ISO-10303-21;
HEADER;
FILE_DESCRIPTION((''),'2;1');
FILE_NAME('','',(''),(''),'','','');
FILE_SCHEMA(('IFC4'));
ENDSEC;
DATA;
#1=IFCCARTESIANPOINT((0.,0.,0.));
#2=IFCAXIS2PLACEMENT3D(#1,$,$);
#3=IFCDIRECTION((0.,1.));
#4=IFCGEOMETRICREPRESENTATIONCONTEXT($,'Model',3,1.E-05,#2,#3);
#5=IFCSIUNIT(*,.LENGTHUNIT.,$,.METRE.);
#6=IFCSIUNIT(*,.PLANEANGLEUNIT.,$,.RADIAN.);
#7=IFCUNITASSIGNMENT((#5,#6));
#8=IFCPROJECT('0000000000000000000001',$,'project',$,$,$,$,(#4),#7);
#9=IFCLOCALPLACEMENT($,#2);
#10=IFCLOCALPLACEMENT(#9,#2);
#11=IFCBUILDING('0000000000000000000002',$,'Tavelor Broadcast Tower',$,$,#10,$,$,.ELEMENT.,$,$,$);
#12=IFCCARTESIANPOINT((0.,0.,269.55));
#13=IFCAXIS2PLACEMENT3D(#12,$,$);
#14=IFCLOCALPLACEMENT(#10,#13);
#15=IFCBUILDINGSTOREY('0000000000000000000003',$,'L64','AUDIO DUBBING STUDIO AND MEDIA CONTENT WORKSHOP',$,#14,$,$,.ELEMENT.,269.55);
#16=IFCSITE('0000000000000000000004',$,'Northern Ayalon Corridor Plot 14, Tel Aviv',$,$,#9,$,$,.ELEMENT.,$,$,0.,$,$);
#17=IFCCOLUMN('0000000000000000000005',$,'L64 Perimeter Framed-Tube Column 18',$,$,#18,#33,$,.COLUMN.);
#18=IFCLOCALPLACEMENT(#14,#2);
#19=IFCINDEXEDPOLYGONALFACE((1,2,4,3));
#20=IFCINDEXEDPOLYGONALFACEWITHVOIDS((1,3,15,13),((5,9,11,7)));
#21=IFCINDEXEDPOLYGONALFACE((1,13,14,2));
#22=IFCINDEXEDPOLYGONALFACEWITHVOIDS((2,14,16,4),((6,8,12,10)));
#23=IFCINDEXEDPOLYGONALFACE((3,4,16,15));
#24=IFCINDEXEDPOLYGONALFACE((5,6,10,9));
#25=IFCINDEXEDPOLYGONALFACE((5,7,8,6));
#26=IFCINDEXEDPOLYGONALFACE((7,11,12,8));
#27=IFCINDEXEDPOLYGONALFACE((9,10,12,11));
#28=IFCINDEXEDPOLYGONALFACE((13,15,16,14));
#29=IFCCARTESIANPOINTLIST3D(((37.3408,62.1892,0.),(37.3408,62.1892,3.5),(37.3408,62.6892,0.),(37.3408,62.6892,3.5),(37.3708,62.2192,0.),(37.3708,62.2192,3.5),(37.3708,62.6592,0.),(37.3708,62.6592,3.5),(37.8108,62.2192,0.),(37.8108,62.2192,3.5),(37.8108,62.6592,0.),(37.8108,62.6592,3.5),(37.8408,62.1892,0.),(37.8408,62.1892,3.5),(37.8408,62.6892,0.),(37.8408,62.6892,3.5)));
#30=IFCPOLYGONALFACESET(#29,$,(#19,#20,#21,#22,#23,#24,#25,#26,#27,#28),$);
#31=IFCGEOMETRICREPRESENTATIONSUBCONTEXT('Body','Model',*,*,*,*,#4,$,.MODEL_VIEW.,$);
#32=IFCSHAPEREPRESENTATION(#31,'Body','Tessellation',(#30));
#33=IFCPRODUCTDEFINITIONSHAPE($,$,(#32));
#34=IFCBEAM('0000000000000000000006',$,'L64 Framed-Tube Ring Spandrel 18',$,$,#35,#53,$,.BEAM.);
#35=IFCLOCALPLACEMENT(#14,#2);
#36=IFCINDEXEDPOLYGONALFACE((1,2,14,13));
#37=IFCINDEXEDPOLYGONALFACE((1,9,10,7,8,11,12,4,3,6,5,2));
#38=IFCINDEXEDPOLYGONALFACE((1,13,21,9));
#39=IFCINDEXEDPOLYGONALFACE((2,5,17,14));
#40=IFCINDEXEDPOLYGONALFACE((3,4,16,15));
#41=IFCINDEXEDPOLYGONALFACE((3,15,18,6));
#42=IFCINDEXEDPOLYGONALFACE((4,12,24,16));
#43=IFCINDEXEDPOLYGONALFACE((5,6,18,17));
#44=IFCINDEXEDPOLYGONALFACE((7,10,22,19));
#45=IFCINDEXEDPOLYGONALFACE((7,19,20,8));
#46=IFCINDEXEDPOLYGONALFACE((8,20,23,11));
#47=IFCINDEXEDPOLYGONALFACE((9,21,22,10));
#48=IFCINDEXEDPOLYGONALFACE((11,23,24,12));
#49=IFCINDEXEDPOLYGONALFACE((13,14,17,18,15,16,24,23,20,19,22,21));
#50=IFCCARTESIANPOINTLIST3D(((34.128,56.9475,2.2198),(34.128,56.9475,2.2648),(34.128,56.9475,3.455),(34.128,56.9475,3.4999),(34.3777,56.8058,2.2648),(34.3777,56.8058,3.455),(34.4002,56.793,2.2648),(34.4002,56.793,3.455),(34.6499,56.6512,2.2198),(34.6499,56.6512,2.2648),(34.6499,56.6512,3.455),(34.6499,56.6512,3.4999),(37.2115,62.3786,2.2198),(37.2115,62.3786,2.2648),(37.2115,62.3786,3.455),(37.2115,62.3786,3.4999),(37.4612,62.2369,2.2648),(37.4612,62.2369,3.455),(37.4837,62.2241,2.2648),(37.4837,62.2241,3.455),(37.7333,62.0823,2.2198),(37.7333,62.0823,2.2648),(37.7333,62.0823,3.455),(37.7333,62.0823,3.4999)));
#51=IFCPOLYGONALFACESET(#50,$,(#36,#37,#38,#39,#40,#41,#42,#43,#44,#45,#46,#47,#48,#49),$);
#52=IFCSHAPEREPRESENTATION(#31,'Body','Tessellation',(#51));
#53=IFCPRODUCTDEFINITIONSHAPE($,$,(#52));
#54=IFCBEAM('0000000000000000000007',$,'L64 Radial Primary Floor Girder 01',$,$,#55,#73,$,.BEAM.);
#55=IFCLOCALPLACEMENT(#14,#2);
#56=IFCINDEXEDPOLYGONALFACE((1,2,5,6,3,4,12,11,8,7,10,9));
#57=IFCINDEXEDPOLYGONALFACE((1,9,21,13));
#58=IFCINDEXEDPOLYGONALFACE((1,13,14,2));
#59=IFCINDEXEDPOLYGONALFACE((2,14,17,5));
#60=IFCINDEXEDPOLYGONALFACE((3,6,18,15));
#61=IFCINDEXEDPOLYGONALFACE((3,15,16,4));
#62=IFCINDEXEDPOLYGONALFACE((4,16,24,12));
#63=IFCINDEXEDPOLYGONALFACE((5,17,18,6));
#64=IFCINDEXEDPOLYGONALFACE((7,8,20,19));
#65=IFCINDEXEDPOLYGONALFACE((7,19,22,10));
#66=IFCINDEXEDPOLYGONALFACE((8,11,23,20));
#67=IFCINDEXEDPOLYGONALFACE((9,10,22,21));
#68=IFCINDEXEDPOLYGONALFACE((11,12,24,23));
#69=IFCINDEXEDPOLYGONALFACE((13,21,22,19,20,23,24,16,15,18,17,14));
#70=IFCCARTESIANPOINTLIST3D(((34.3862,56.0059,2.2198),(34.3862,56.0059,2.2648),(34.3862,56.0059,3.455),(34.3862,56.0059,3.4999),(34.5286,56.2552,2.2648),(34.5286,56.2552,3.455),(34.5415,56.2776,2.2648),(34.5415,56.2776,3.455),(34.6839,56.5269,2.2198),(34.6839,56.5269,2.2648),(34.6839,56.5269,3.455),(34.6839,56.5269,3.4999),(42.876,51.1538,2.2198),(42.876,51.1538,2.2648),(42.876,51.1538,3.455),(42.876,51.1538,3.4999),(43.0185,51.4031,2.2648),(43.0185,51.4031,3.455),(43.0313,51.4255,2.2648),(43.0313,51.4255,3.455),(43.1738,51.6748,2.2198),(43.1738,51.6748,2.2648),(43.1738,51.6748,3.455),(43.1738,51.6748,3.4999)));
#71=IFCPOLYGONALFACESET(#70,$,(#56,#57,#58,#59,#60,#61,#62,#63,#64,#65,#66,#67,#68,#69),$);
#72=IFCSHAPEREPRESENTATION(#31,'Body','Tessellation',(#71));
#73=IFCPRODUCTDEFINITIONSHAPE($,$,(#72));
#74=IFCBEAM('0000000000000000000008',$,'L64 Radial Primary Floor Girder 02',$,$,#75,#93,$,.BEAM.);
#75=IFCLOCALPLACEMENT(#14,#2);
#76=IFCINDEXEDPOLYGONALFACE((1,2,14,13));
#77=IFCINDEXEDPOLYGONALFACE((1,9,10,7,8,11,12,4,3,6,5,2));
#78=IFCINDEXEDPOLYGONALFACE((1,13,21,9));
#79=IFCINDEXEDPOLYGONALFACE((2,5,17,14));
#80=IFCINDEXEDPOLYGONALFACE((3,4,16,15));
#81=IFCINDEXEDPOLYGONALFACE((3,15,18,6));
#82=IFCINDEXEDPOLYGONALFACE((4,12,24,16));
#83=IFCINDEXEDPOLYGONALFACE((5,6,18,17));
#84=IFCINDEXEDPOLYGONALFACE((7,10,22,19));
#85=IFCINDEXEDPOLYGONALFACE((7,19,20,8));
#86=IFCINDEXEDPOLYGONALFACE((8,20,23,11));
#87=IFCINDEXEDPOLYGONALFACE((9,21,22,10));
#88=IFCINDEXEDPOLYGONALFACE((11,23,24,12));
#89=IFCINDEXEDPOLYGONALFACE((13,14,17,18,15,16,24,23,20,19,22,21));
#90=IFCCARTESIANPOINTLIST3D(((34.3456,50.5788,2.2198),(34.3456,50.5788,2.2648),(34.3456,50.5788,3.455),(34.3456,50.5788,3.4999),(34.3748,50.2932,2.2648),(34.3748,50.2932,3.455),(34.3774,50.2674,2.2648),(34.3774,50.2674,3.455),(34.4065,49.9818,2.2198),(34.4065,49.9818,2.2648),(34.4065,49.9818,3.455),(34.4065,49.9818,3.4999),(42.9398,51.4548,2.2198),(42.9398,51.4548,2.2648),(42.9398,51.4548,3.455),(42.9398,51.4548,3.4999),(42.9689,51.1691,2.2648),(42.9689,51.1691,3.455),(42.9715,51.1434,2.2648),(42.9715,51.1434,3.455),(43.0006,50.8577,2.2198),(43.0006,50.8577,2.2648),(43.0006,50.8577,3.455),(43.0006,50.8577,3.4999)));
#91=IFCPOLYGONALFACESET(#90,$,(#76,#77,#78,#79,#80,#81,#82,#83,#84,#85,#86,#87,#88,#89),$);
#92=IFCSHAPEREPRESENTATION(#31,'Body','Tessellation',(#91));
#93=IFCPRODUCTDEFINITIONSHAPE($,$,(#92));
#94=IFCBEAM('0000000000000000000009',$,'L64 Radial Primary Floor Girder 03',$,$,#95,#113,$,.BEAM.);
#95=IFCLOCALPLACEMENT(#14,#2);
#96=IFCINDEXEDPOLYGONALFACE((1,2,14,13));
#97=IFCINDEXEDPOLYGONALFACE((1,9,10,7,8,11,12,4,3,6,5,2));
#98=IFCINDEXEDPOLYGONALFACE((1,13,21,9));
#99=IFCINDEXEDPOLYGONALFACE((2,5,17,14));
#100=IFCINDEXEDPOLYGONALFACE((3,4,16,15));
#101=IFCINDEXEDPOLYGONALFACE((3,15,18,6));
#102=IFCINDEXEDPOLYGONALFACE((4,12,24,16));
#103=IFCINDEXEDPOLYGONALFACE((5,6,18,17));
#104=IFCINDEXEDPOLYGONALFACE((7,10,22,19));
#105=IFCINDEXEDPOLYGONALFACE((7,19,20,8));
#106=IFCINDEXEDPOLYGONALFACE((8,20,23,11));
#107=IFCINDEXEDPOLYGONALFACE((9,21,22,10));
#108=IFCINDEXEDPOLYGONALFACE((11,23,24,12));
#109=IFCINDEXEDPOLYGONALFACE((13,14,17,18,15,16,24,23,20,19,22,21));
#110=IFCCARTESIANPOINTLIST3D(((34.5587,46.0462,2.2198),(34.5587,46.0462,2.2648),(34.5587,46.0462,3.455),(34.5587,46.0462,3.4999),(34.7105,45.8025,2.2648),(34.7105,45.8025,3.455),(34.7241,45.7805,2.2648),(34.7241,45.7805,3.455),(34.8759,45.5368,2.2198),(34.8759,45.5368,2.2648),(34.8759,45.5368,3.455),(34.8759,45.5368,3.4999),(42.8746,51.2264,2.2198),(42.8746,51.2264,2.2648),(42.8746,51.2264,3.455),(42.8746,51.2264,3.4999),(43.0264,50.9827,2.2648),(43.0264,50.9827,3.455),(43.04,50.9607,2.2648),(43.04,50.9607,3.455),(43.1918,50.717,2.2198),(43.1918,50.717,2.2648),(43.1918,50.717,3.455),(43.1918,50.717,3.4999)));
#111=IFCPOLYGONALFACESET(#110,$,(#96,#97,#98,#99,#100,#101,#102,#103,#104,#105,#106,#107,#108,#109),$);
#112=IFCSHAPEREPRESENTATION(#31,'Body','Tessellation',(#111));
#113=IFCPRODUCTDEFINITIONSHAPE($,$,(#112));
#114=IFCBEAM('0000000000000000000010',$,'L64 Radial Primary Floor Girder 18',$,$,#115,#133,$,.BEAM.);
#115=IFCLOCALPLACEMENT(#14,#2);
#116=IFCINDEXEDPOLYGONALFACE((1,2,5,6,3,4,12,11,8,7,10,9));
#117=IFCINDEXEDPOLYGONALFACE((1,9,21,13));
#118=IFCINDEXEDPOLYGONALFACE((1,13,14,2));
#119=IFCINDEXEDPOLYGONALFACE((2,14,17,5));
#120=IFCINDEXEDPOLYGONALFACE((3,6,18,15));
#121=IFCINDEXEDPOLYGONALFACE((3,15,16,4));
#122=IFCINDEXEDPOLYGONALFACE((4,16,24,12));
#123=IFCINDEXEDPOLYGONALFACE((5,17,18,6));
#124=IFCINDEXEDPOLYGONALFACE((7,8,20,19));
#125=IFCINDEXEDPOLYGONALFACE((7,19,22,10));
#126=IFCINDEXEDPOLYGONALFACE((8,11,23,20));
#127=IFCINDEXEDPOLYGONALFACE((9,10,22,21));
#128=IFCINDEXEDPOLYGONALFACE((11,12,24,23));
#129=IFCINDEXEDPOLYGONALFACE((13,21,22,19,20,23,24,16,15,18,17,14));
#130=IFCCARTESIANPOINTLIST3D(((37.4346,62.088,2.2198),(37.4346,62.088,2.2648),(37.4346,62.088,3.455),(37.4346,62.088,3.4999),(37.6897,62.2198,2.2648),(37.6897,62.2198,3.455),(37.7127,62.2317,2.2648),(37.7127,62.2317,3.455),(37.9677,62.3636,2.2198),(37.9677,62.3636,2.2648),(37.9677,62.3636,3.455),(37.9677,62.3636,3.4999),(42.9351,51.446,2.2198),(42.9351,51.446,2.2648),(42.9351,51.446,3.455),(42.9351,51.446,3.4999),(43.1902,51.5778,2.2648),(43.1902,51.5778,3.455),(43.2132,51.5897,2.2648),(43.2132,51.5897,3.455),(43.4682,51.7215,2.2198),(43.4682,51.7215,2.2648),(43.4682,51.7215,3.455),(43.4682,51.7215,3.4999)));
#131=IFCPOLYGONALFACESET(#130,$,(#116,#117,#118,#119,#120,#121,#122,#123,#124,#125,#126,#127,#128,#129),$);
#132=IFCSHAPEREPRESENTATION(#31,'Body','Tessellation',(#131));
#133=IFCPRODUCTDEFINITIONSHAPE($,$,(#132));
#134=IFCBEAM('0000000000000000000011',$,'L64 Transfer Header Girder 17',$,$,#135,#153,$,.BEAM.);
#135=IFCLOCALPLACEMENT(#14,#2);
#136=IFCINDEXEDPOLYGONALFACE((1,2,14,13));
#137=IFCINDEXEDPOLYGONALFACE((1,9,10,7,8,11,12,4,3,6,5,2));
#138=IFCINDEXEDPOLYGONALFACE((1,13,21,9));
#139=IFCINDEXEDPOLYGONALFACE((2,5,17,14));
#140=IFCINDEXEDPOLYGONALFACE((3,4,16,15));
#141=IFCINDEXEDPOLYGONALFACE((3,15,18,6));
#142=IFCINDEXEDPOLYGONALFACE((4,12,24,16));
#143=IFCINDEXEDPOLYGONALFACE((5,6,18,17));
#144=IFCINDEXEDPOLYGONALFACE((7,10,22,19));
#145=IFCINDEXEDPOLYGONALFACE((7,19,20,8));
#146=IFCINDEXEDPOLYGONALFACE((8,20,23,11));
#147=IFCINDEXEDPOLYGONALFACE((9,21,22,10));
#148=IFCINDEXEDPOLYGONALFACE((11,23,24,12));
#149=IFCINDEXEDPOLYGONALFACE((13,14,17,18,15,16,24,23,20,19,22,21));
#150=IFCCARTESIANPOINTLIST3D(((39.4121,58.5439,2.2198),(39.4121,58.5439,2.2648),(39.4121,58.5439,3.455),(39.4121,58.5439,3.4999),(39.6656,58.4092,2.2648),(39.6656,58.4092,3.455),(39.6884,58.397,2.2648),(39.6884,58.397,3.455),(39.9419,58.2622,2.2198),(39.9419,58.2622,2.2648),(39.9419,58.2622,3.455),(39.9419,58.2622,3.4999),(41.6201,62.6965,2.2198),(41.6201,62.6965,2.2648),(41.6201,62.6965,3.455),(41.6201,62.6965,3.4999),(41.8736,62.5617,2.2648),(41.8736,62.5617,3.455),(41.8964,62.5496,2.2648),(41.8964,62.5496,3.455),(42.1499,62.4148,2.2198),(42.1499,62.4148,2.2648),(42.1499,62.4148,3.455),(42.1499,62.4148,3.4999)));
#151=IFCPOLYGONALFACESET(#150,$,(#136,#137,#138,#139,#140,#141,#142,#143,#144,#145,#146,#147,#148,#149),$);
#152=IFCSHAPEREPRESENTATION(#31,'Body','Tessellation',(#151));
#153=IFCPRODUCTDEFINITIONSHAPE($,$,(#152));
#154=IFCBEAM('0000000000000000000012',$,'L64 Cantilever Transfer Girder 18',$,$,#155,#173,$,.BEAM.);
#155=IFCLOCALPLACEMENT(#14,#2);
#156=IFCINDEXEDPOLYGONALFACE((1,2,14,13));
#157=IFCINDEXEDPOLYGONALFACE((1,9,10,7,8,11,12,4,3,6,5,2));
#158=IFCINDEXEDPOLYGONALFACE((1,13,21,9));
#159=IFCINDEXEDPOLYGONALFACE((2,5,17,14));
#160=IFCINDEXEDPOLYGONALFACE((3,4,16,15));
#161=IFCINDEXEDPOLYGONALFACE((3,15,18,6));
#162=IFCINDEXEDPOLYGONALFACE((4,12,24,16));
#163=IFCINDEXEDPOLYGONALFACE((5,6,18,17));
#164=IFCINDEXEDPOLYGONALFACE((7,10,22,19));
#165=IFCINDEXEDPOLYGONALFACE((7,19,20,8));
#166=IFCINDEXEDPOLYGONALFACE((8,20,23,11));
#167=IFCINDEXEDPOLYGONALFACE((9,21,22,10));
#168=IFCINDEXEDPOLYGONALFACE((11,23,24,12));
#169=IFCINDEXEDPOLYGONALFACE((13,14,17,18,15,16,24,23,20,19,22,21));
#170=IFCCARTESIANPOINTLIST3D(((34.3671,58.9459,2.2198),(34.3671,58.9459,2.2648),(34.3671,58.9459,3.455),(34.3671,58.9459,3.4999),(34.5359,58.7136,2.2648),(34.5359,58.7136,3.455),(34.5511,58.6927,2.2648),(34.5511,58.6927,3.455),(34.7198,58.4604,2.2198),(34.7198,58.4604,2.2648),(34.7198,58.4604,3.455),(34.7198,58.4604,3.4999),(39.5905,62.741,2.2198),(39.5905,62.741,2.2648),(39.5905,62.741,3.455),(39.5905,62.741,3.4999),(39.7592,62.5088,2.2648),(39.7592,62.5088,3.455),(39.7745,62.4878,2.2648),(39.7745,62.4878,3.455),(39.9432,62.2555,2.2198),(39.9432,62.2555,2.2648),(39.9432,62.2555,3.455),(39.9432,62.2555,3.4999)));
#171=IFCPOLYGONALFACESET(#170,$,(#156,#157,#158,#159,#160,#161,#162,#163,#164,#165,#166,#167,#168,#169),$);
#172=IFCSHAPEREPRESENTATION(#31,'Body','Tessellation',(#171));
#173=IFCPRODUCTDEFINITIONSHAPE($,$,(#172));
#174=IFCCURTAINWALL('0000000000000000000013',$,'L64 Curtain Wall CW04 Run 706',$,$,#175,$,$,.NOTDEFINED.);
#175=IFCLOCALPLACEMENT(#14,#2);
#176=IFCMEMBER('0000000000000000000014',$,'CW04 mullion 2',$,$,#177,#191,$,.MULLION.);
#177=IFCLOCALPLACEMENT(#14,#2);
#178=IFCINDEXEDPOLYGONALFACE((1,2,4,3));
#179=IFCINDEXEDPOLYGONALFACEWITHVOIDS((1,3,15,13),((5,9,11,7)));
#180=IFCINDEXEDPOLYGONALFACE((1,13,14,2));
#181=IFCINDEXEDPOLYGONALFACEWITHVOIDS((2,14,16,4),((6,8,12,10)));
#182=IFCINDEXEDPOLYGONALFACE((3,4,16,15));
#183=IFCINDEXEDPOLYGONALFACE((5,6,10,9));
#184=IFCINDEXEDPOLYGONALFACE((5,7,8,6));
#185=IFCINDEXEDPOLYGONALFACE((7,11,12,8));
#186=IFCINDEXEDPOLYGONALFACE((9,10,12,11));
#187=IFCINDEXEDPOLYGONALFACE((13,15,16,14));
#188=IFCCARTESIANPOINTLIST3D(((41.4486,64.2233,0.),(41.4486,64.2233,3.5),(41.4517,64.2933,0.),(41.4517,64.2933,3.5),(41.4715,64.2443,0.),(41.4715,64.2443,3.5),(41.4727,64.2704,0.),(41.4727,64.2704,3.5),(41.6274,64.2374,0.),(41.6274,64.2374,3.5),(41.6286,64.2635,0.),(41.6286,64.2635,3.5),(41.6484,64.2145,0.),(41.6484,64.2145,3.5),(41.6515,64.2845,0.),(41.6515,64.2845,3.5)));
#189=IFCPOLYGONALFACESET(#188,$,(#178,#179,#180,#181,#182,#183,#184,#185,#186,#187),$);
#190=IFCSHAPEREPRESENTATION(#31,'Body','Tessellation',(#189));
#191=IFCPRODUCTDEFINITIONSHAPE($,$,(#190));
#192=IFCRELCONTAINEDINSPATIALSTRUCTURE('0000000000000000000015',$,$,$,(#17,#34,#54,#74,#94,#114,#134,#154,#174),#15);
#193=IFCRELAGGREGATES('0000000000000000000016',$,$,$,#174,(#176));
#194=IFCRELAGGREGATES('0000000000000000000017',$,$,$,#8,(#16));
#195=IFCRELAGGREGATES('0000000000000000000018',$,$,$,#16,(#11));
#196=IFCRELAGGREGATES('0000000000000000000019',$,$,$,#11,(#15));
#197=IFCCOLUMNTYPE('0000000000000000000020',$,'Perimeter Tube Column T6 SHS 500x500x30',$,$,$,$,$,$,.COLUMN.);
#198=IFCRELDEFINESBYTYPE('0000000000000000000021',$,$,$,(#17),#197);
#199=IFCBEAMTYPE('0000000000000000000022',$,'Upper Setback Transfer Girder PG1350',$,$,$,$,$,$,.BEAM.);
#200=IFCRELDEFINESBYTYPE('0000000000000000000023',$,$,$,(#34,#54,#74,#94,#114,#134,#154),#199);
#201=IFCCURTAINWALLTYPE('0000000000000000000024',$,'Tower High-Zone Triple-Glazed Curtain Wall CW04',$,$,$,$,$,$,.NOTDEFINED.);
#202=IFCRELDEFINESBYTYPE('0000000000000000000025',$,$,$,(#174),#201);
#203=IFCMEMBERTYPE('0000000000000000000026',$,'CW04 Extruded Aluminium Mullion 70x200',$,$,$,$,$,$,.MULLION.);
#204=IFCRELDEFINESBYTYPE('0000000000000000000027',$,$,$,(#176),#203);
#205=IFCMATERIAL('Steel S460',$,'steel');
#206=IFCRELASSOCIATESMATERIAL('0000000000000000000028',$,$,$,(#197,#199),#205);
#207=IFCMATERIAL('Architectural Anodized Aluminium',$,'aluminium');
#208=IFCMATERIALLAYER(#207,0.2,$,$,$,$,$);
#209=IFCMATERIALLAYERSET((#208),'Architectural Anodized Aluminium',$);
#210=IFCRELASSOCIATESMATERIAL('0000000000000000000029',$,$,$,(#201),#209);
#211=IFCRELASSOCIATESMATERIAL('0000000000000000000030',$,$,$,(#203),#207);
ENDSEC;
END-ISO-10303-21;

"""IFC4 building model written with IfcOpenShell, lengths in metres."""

from ifc_helpers import new_model, si_unit, direction, frame, origin, origin_2d, place, context, subcontext, project, spatial, hollow_rectangle, i_section, extrude, source, transform, mapped, material, layer, layer_set, material_profile, profile_set, type_object, type_shapes, element, aggregate, save


model = new_model("IFC4")

# Units and contexts
model_context = context("Model", 3, precision=1e-05, world=origin(), true_north=direction((0.0, 1.0)))
body_context = subcontext(model_context, "Body", "Model", "MODEL_VIEW")
ifc_project = project(units=[si_unit("LENGTHUNIT", "METRE"), si_unit("PLANEANGLEUNIT", "RADIAN")], contexts=[model_context])

# Site, building, storey
site_placement = place(None, origin())
site = spatial("IfcSite", under=ifc_project, at=site_placement, Name="Northern Ayalon Corridor Plot 14, Tel Aviv", CompositionType="ELEMENT", RefElevation=0.0)
building_placement = place(site_placement, origin())
building = spatial("IfcBuilding", under=site, at=building_placement, Name="Tavelor Broadcast Tower", CompositionType="ELEMENT")
storey_placement = place(building_placement, frame((0.0, 0.0, 269.55)))
storey = spatial("IfcBuildingStorey", under=building, at=storey_placement, Name="L64", Description="AUDIO DUBBING STUDIO AND MEDIA CONTENT WORKSHOP", CompositionType="ELEMENT", Elevation=269.55)

# Column
ifc_material_1 = material(Name="Steel S460", Category="steel")
ifc_material_profile_1 = material_profile(ifc_material_1, hollow_rectangle(XDim=0.5, YDim=0.5, WallThickness=0.03, at=origin_2d()), Name="SHS 500x500x30")
ifc_profile_set_1 = profile_set([ifc_material_profile_1], Name="Steel S460")
column_type = type_object("IfcColumnType", Name="Perimeter Tube Column T6 SHS 500x500x30", PredefinedType="COLUMN", material=ifc_profile_set_1)
column_placement = place(storey_placement, frame((37.5908, 62.4392, 0.0), z_axis=(0.0, 0.0, 1.0), x_axis=(1.0, 0.0, 0.0)))
element("IfcColumn", 1, at=column_placement, inside=storey, type_object=column_type, Name="L64 Perimeter Framed-Tube Column 18", PredefinedType="COLUMN", context=body_context, shape_type="SweptSolid", body=[
    extrude(hollow_rectangle(XDim=0.5, YDim=0.5, WallThickness=0.03, at=origin_2d()), origin(), (0.0, 0.0, 1.0), 3.5),
])

# Beams
ifc_material_profile_2 = material_profile(ifc_material_1, i_section(OverallWidth=0.6001, OverallDepth=1.28, WebThickness=0.0259, FlangeThickness=0.0449, at=origin_2d()), Name="PG 1280x600")
ifc_profile_set_2 = profile_set([ifc_material_profile_2], Name="Steel S460")
beam_type = type_object("IfcBeamType", Name="Upper Setback Transfer Girder PG1350", PredefinedType="BEAM", material=ifc_profile_set_2)
beam_1_placement = place(storey_placement, frame((37.4724, 62.2305, 2.8599), z_axis=(-0.493721, -0.869621, 0.0), x_axis=(0.869621, -0.493721, 0.0)))
element("IfcBeam", 2, at=beam_1_placement, inside=storey, type_object=beam_type, Name="L64 Framed-Tube Ring Spandrel 18", PredefinedType="BEAM", context=body_context, shape_type="SweptSolid", body=[
    extrude(i_section(OverallWidth=0.6001, OverallDepth=1.28, WebThickness=0.0259, FlangeThickness=0.0449, at=origin_2d()), origin(), (0.0, 0.0, 1.0), 6.2454),
])
beam_2_placement = place(storey_placement, frame((43.0249, 51.4143, 2.8599), z_axis=(-0.868209, 0.496198, 0.0), x_axis=(-0.496198, -0.868209, 0.0)))
element("IfcBeam", 3, at=beam_2_placement, inside=storey, type_object=beam_type, Name="L64 Radial Primary Floor Girder 01", PredefinedType="BEAM", context=body_context, shape_type="SweptSolid", body=[
    extrude(i_section(OverallWidth=0.6001, OverallDepth=1.28, WebThickness=0.0259, FlangeThickness=0.0449, at=origin_2d()), origin(), (0.0, 0.0, 1.0), 9.7786),
])
beam_3_placement = place(storey_placement, frame((42.9702, 51.1562, 2.8599), z_axis=(-0.994846, -0.101401, 0.0), x_axis=(0.101401, -0.994846, 0.0)))
element("IfcBeam", 4, at=beam_3_placement, inside=storey, type_object=beam_type, Name="L64 Radial Primary Floor Girder 02", PredefinedType="BEAM", context=body_context, shape_type="SweptSolid", body=[
    extrude(i_section(OverallWidth=0.6001, OverallDepth=1.28, WebThickness=0.0259, FlangeThickness=0.0449, at=origin_2d()), origin(), (0.0, 0.0, 1.0), 8.6387),
])
beam_4_placement = place(storey_placement, frame((43.0332, 50.9717, 2.8599), z_axis=(-0.84879, -0.528731, 0.0), x_axis=(0.528731, -0.84879, 0.0)))
element("IfcBeam", 5, at=beam_4_placement, inside=storey, type_object=beam_type, Name="L64 Radial Primary Floor Girder 03", PredefinedType="BEAM", context=body_context, shape_type="SweptSolid", body=[
    extrude(i_section(OverallWidth=0.6001, OverallDepth=1.28, WebThickness=0.0259, FlangeThickness=0.0449, at=origin_2d()), origin(), (0.0, 0.0, 1.0), 9.7974),
])
beam_5_placement = place(storey_placement, frame((43.2017, 51.5837, 2.8599), z_axis=(-0.459157, 0.888355, 0.0), x_axis=(-0.888355, -0.459157, 0.0)))
element("IfcBeam", 6, at=beam_5_placement, inside=storey, type_object=beam_type, Name="L64 Radial Primary Floor Girder 18", PredefinedType="BEAM", context=body_context, shape_type="SweptSolid", body=[
    extrude(i_section(OverallWidth=0.6001, OverallDepth=1.28, WebThickness=0.0259, FlangeThickness=0.0449, at=origin_2d()), origin(), (0.0, 0.0, 1.0), 11.9795),
])
beam_6_placement = place(storey_placement, frame((39.677, 58.4031, 2.8599), z_axis=(0.469478, 0.882944, 0.0), x_axis=(-0.882944, 0.469478, 0.0)))
element("IfcBeam", 7, at=beam_6_placement, inside=storey, type_object=beam_type, Name="L64 Transfer Header Girder 17", PredefinedType="BEAM", context=body_context, shape_type="SweptSolid", body=[
    extrude(i_section(OverallWidth=0.6001, OverallDepth=1.28, WebThickness=0.0259, FlangeThickness=0.0449, at=origin_2d()), origin(), (0.0, 0.0, 1.0), 4.7031),
])
beam_7_placement = place(storey_placement, frame((39.7668, 62.4983, 2.8599), z_axis=(-0.809006, -0.587801, 0.0), x_axis=(0.587801, -0.809006, 0.0)))
element("IfcBeam", 8, at=beam_7_placement, inside=storey, type_object=beam_type, Name="L64 Cantilever Transfer Girder 18", PredefinedType="BEAM", context=body_context, shape_type="SweptSolid", body=[
    extrude(i_section(OverallWidth=0.6001, OverallDepth=1.28, WebThickness=0.0259, FlangeThickness=0.0449, at=origin_2d()), origin(), (0.0, 0.0, 1.0), 6.4565),
])

# Curtain wall, member
ifc_material_2 = material(Name="Architectural Anodized Aluminium", Category="aluminium")
ifc_layer_1 = layer(ifc_material_2, 0.2)
ifc_layer_set_1 = layer_set([ifc_layer_1], Name="Architectural Anodized Aluminium")
curtain_wall_type = type_object("IfcCurtainWallType", Name="Tower High-Zone Triple-Glazed Curtain Wall CW04", PredefinedType="NOTDEFINED", material=ifc_layer_set_1)
curtain_wall_1_placement = place(storey_placement, origin())
curtain_wall_1 = element("IfcCurtainWall", 9, at=curtain_wall_1_placement, inside=storey, type_object=curtain_wall_type, Name="L64 Curtain Wall CW04 Run 706", PredefinedType="NOTDEFINED")
ifc_material_profile_3 = material_profile(ifc_material_2, hollow_rectangle(XDim=0.0701, YDim=0.2, WallThickness=0.022, at=origin_2d()), Name="RHS 70x200x22")
ifc_profile_set_3 = profile_set([ifc_material_profile_3], Name="Architectural Anodized Aluminium")
member_type_1 = type_object("IfcMemberType", Name="CW04 Extruded Aluminium Mullion 70x200", PredefinedType="MULLION", material=ifc_profile_set_3)
shared_shape_1 = source(origin(), body_context, "Body", "SweptSolid", [
    extrude(hollow_rectangle(XDim=0.0701, YDim=0.2, WallThickness=0.022, at=origin_2d()), origin(), (0.0, 0.0, 1.0), 3.5),
])
type_shapes(member_type_1, [shared_shape_1])
member_1_placement = place(storey_placement, frame((41.55, 64.2539, 0.0), z_axis=(0.0, 0.0, 1.0), x_axis=(-0.044056, -0.999029, 0.0)))
member_1 = element("IfcMember", 10, at=member_1_placement, type_object=member_type_1, Name="CW04 mullion 2", PredefinedType="MULLION", context=body_context, shape_type="MappedRepresentation", body=[
    mapped(shared_shape_1, transform((0.0, 0.0, 0.0), scale=1.0)),
])
aggregate(curtain_wall_1, [member_1])

save(model, "model.ifc")
